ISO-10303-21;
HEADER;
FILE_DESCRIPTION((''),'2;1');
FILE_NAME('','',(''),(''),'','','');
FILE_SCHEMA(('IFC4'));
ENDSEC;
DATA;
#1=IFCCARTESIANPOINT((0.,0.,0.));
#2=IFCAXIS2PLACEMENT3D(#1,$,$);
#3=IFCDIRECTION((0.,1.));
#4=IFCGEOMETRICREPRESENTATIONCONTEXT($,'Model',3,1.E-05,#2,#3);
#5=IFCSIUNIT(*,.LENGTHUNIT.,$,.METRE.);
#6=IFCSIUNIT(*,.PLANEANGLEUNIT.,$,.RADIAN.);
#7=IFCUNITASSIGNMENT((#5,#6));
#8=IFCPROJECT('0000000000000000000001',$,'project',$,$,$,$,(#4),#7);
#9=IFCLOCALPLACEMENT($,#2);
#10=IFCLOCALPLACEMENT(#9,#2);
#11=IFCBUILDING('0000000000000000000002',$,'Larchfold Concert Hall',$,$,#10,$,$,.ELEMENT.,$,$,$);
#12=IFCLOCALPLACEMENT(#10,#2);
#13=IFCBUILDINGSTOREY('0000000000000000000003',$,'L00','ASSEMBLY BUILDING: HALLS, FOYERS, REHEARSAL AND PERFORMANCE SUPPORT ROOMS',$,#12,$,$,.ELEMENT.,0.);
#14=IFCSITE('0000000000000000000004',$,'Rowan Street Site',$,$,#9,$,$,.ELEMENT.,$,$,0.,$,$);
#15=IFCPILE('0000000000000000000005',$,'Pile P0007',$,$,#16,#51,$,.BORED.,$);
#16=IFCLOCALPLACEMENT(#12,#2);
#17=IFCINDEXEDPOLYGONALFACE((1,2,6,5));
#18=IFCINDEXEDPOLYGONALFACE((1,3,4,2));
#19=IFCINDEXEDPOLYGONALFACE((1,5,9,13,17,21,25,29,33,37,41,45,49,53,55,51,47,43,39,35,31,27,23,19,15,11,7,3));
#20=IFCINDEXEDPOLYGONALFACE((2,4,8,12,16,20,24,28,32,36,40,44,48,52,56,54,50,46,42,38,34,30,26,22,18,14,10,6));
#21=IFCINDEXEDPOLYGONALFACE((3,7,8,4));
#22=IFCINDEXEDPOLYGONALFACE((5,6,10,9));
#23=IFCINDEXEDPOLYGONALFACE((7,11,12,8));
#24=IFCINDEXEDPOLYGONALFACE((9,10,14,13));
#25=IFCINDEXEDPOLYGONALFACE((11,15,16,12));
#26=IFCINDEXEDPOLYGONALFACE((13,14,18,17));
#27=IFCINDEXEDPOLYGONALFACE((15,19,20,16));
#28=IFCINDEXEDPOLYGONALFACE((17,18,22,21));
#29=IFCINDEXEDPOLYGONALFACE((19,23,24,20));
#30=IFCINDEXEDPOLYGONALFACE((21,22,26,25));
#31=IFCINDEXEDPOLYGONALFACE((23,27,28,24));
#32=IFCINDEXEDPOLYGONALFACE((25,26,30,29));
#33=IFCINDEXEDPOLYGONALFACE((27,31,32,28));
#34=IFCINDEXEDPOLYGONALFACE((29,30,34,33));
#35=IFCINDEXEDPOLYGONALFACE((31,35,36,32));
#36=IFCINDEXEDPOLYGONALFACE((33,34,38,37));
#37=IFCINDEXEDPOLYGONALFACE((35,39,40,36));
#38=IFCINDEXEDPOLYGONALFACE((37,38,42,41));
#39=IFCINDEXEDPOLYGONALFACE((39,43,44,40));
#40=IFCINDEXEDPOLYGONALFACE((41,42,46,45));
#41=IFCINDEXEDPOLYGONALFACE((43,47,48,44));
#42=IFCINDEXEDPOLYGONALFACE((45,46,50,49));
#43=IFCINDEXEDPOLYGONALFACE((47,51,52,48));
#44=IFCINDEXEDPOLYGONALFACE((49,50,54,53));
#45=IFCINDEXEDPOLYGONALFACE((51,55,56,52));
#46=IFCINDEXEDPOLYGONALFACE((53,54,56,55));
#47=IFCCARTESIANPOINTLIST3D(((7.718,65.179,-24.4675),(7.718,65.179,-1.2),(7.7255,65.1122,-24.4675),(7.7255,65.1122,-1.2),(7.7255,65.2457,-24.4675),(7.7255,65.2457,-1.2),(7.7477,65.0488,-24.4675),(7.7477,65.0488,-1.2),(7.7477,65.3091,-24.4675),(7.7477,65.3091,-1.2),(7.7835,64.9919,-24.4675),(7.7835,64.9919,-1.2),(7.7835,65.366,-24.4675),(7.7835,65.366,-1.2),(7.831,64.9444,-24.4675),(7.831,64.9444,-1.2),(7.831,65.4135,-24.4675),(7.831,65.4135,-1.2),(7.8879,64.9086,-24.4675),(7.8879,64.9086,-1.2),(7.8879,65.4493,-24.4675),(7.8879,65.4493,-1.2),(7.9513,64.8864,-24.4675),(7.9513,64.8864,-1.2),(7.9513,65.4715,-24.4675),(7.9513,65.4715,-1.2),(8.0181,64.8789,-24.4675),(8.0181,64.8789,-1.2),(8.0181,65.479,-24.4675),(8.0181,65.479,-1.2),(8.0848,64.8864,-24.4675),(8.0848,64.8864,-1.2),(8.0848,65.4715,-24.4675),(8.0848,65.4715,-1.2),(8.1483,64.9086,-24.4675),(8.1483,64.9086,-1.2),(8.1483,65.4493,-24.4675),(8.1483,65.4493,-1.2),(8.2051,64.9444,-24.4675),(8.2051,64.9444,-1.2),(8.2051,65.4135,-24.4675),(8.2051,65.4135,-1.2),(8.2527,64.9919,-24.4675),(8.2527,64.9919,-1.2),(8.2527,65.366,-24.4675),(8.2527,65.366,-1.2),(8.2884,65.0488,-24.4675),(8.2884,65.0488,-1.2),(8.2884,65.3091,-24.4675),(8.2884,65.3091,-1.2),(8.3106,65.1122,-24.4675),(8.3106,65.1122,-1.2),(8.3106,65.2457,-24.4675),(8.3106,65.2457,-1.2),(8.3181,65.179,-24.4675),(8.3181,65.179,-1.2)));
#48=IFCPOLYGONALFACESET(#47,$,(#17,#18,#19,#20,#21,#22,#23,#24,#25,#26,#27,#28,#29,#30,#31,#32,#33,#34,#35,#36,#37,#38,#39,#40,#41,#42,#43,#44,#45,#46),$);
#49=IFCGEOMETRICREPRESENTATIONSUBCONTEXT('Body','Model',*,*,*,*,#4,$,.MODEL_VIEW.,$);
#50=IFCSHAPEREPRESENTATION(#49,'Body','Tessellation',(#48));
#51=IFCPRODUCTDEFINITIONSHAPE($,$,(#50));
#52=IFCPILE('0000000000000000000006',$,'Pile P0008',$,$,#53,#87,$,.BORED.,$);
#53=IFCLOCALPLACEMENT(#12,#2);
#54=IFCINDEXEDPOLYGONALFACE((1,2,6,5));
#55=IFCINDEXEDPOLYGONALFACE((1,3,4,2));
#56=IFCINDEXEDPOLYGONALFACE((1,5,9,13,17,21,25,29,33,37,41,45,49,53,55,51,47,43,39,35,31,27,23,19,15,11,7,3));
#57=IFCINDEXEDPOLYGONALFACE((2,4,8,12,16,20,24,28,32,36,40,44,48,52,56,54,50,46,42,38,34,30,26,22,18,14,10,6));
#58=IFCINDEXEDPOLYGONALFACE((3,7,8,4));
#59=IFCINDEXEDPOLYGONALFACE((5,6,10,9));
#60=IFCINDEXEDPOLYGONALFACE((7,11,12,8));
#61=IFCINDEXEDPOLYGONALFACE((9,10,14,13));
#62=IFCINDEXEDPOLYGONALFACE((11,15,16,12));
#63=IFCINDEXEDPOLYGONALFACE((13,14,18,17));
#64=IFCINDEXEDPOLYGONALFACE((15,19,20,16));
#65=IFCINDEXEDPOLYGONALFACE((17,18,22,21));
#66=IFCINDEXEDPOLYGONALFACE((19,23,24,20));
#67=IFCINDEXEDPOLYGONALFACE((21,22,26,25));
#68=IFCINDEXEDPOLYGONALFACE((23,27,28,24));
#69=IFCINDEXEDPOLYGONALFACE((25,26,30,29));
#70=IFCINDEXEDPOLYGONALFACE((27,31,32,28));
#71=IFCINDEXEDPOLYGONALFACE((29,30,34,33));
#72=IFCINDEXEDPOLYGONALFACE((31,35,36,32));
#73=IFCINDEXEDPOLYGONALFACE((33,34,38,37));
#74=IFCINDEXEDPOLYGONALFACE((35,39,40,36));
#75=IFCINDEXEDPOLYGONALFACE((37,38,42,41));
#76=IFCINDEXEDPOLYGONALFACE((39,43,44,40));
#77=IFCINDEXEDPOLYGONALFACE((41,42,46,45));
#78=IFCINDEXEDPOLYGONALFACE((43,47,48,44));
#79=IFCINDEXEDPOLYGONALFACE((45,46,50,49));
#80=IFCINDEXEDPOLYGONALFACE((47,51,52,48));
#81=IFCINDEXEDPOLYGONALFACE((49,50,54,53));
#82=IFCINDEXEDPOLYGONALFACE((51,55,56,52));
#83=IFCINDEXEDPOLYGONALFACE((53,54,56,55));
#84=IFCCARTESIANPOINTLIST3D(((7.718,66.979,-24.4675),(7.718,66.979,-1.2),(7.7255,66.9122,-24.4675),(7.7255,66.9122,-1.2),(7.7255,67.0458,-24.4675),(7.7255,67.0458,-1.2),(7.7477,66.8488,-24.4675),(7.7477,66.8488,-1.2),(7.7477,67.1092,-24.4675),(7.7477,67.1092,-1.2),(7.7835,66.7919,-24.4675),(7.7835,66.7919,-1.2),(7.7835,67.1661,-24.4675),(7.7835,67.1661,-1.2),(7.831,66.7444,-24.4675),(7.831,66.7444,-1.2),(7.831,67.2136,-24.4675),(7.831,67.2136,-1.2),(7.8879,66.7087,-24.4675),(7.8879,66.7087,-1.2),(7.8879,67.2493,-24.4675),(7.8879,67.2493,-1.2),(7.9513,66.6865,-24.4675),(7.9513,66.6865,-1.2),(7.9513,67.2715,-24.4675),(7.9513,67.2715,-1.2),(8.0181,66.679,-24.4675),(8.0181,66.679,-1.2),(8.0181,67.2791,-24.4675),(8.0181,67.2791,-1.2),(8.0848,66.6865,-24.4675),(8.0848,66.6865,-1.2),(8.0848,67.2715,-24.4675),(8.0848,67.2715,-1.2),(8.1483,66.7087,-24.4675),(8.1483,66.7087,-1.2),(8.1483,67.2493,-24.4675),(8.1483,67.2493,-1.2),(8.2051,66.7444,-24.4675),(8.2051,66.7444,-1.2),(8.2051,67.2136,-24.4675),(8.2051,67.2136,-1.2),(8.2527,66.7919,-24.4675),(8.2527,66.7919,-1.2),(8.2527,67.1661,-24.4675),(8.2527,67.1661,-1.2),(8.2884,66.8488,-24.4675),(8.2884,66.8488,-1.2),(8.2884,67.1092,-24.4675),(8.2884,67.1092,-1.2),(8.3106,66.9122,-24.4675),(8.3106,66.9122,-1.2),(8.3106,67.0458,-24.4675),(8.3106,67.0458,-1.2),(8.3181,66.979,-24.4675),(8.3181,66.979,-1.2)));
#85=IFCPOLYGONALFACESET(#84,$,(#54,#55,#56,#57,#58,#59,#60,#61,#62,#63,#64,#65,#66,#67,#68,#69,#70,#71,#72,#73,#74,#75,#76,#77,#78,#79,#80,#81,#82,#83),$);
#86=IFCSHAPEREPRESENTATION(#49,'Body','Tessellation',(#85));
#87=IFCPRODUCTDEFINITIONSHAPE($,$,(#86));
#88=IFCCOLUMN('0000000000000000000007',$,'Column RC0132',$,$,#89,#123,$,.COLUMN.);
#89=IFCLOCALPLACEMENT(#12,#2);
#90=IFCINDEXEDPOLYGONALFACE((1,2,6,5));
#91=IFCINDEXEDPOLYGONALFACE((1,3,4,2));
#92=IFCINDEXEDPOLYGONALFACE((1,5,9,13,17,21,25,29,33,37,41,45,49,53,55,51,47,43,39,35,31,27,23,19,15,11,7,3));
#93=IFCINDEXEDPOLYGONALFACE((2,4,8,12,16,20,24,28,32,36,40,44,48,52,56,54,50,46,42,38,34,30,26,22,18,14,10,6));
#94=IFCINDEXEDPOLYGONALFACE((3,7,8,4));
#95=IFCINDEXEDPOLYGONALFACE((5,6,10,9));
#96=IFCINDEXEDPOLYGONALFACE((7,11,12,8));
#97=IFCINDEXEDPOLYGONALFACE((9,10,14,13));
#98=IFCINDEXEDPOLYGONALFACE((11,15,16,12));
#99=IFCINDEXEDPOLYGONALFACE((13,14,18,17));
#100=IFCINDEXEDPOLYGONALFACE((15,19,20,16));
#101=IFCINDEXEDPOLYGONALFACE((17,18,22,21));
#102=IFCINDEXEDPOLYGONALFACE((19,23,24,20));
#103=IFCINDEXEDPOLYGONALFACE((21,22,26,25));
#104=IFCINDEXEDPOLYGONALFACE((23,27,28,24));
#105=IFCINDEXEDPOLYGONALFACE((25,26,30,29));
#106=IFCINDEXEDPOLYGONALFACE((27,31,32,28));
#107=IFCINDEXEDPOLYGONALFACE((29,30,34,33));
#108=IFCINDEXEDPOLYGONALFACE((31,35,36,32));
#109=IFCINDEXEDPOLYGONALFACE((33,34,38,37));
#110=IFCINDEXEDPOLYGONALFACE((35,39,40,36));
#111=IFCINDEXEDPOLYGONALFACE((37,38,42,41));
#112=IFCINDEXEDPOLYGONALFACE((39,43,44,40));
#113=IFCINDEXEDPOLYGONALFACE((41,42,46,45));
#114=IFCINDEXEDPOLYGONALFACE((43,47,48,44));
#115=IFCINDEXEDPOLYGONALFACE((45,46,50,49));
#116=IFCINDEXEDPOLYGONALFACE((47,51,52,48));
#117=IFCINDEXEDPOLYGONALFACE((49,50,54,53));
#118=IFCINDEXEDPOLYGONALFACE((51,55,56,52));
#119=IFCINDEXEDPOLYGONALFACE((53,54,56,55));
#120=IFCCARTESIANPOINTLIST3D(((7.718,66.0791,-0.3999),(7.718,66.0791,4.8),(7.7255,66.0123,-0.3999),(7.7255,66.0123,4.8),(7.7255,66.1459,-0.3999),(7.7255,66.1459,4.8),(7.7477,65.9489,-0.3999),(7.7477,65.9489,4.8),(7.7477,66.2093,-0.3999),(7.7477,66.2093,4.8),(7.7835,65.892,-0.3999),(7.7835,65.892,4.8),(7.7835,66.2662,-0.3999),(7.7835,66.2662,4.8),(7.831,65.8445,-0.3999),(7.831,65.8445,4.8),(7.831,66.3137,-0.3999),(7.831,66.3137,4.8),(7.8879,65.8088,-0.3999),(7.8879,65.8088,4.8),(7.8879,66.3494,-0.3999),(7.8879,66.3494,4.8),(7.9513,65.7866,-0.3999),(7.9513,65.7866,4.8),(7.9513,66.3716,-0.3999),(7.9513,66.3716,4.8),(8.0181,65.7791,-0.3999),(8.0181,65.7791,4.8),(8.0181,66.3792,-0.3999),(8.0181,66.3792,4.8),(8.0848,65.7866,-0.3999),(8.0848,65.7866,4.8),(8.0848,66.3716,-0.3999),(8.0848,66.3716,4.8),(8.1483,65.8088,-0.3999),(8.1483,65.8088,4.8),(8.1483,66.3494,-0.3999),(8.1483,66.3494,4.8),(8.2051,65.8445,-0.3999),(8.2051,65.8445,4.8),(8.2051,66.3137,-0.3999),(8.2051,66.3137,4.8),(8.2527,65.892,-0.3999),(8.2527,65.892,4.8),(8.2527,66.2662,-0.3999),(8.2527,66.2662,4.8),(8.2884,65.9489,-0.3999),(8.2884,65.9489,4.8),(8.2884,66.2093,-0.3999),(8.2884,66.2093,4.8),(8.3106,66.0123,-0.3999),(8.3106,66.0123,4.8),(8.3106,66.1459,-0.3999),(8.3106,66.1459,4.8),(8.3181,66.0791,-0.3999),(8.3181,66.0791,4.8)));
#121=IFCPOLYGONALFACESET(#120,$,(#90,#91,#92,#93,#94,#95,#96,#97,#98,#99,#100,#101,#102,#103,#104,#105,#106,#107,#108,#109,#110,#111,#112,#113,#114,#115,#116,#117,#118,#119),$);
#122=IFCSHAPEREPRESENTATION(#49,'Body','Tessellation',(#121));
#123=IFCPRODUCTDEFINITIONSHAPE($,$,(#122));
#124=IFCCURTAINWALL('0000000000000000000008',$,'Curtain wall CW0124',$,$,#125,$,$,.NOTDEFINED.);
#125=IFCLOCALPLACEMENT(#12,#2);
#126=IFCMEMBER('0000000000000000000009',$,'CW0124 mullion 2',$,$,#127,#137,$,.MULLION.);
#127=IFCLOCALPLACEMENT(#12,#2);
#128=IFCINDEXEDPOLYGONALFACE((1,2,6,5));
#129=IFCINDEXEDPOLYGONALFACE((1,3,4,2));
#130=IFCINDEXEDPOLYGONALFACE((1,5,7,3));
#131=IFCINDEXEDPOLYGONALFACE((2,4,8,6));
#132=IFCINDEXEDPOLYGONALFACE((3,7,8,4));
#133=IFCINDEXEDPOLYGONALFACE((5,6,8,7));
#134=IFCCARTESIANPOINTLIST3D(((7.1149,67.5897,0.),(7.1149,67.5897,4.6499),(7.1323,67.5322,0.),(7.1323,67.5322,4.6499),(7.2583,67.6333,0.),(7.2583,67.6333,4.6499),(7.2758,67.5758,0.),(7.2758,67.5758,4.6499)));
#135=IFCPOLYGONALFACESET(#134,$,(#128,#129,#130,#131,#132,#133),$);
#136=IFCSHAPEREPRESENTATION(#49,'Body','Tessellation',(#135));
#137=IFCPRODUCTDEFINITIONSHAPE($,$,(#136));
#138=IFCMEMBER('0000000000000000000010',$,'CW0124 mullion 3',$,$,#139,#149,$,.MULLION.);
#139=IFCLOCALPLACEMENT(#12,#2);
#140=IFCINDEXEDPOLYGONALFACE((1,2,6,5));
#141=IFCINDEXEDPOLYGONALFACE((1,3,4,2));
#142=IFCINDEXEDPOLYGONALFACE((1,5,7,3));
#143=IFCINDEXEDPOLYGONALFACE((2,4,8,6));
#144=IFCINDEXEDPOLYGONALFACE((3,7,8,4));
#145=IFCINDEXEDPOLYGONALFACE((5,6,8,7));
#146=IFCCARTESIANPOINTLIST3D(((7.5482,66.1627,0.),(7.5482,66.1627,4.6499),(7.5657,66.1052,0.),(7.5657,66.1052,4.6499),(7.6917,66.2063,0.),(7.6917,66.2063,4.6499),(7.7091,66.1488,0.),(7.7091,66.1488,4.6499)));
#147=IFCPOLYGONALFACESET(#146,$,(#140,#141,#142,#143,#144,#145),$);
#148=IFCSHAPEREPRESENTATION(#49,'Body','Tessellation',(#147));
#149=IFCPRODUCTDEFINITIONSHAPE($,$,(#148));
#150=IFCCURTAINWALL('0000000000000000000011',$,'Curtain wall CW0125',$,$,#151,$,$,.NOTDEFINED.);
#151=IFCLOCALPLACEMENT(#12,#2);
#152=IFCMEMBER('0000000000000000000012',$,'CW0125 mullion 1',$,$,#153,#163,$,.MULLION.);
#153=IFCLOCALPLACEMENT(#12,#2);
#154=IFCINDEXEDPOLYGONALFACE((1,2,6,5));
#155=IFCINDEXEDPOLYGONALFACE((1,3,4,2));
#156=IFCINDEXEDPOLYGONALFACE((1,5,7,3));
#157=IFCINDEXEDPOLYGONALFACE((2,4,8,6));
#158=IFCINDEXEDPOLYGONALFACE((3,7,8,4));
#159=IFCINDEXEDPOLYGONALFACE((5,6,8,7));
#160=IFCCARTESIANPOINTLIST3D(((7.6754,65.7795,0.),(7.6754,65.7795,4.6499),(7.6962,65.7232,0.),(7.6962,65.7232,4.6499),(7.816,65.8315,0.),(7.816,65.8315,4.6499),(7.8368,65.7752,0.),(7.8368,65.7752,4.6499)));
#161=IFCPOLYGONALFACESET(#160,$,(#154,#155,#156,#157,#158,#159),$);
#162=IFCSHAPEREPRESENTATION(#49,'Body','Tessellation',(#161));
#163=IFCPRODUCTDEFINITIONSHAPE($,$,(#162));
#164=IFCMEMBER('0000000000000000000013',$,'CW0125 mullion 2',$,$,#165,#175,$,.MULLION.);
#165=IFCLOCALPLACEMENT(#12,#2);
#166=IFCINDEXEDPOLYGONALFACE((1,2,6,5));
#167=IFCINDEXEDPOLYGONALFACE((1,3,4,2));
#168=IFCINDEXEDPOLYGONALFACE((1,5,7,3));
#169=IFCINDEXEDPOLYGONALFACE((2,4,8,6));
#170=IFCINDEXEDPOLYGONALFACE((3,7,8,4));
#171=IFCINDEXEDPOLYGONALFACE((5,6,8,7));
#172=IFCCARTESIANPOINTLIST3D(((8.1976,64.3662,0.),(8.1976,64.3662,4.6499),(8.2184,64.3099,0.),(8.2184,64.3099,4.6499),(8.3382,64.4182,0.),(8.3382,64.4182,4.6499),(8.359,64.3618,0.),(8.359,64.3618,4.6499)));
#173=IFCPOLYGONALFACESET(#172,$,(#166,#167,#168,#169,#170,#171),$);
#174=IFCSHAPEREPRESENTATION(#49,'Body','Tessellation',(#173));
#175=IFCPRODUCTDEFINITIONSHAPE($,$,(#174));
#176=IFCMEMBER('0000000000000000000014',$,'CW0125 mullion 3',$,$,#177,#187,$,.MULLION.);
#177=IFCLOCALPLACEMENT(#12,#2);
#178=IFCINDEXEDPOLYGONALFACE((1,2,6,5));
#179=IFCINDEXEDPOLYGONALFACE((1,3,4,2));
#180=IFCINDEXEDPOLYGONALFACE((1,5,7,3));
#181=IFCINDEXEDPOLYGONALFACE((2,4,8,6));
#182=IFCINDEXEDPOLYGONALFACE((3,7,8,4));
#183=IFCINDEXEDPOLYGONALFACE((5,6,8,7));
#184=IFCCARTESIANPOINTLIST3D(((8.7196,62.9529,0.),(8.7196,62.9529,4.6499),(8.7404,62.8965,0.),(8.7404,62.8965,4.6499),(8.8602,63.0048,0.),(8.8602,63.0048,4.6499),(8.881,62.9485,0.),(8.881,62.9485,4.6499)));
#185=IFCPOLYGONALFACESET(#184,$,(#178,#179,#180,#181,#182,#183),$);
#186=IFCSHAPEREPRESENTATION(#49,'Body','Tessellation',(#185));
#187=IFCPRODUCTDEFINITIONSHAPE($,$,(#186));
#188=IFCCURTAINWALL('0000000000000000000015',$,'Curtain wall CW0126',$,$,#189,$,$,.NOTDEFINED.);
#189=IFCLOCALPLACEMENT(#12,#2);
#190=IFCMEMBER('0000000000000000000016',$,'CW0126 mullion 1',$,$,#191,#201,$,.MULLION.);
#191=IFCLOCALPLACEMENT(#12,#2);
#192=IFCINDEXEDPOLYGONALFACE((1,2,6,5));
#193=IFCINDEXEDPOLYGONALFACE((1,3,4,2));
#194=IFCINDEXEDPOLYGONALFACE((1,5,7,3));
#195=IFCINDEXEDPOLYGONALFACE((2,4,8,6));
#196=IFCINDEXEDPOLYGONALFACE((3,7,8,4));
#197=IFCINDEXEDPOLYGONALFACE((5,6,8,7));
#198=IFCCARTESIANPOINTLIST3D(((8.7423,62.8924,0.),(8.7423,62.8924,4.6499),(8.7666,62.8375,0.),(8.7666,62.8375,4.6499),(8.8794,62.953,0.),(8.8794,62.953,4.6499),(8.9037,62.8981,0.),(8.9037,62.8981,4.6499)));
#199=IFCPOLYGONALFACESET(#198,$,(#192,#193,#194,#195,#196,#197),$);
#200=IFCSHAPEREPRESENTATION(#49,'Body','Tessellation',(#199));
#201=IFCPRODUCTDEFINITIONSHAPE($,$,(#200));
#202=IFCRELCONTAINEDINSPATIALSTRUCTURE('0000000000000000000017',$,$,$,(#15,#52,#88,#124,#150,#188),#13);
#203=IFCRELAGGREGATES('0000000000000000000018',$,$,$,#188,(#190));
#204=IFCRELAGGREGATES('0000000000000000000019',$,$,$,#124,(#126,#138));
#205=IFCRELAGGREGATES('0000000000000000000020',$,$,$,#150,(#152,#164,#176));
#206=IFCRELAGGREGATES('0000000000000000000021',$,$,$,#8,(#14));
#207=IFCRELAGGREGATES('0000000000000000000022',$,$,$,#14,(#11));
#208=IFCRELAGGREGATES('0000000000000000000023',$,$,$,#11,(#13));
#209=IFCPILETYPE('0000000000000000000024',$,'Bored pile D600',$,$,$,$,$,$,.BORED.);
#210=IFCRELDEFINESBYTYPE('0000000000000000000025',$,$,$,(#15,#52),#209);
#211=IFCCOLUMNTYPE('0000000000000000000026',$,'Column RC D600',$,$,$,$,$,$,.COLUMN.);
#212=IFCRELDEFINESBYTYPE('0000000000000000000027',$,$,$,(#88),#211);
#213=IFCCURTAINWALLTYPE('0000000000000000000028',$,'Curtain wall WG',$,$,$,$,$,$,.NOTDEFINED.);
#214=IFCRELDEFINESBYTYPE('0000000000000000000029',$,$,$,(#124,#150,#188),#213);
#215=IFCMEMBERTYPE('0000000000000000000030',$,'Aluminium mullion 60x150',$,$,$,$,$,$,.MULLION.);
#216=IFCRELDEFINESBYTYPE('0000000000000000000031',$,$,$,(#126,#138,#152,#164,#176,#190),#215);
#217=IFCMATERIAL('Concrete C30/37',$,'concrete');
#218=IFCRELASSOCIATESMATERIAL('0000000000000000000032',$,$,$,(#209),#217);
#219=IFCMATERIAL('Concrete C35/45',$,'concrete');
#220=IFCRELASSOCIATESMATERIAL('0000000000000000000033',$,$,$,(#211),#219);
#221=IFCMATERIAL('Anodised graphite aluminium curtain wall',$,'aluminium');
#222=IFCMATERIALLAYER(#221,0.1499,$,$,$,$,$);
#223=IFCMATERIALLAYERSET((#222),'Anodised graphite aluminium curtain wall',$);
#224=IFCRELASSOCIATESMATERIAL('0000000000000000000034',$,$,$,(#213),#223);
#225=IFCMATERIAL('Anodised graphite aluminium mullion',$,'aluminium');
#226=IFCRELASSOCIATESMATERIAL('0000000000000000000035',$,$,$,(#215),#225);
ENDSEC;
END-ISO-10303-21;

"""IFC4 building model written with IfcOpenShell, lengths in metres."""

from ifc_helpers import new_model, si_unit, direction, frame, origin, origin_2d, place, context, subcontext, project, spatial, rectangle, circle, extrude, material, layer, layer_set, material_profile, profile_set, type_object, element, aggregate, save


model = new_model("IFC4")

# Units and contexts
model_context = context("Model", 3, precision=1e-05, world=origin(), true_north=direction((0.0, 1.0)))
body_context = subcontext(model_context, "Body", "Model", "MODEL_VIEW")
ifc_project = project(units=[si_unit("LENGTHUNIT", "METRE"), si_unit("PLANEANGLEUNIT", "RADIAN")], contexts=[model_context])

# Site, building, storey
site_placement = place(None, origin())
site = spatial("IfcSite", under=ifc_project, at=site_placement, Name="Rowan Street Site", CompositionType="ELEMENT", RefElevation=0.0)
building_placement = place(site_placement, origin())
building = spatial("IfcBuilding", under=site, at=building_placement, Name="Larchfold Concert Hall", CompositionType="ELEMENT")
storey_placement = place(building_placement, origin())
storey = spatial("IfcBuildingStorey", under=building, at=storey_placement, Name="L00", Description="ASSEMBLY BUILDING: HALLS, FOYERS, REHEARSAL AND PERFORMANCE SUPPORT ROOMS", CompositionType="ELEMENT", Elevation=0.0)

# Piles
ifc_material_1 = material(Name="Concrete C30/37", Category="concrete")
ifc_material_profile_1 = material_profile(ifc_material_1, circle(Radius=0.3, at=origin_2d()))
ifc_profile_set_1 = profile_set([ifc_material_profile_1], Name="Concrete C30/37")
pile_type = type_object("IfcPileType", Name="Bored pile D600", PredefinedType="BORED", material=ifc_profile_set_1)
for number, where, z_axis, x_axis, name in (
    (1, (8.0181, 65.179, -1.2), (0.0, 0.0, -1.0), (1.0, 0.0, 0.0), "Pile P0007"),
    (2, (8.0181, 66.979, -1.2), (0.0, 0.0, -1.0), (1.0, 0.0, 0.0), "Pile P0008"),
):
    element("IfcPile", number, at=place(storey_placement, frame(where, z_axis=z_axis, x_axis=x_axis)), inside=storey, type_object=pile_type, Name=name, PredefinedType="BORED", context=body_context, shape_type="SweptSolid", body=[
        extrude(circle(Radius=0.3, at=origin_2d()), origin(), (0.0, 0.0, 1.0), 23.2676),
    ])

# Column
ifc_material_2 = material(Name="Concrete C35/45", Category="concrete")
ifc_material_profile_2 = material_profile(ifc_material_2, circle(Radius=0.3, at=origin_2d()))
ifc_profile_set_2 = profile_set([ifc_material_profile_2], Name="Concrete C35/45")
column_type = type_object("IfcColumnType", Name="Column RC D600", PredefinedType="COLUMN", material=ifc_profile_set_2)
column_placement = place(storey_placement, frame((8.0181, 66.0791, -0.3999), z_axis=(0.0, 0.0, 1.0), x_axis=(1.0, 0.0, 0.0)))
element("IfcColumn", 3, at=column_placement, inside=storey, type_object=column_type, Name="Column RC0132", PredefinedType="COLUMN", context=body_context, shape_type="SweptSolid", body=[
    extrude(circle(Radius=0.3, at=origin_2d()), origin(), (0.0, 0.0, 1.0), 5.2),
])

# Curtain walls, members
ifc_material_3 = material(Name="Anodised graphite aluminium curtain wall", Category="aluminium")
ifc_layer_1 = layer(ifc_material_3, 0.1499)
ifc_layer_set_1 = layer_set([ifc_layer_1], Name="Anodised graphite aluminium curtain wall")
curtain_wall_type = type_object("IfcCurtainWallType", Name="Curtain wall WG", PredefinedType="NOTDEFINED", material=ifc_layer_set_1)
curtain_wall_1_placement = place(storey_placement, origin())
curtain_wall_1 = element("IfcCurtainWall", 4, at=curtain_wall_1_placement, inside=storey, type_object=curtain_wall_type, Name="Curtain wall CW0124", PredefinedType="NOTDEFINED")
ifc_material_4 = material(Name="Anodised graphite aluminium mullion", Category="aluminium")
ifc_material_profile_3 = material_profile(ifc_material_4, rectangle(XDim=0.1499, YDim=0.0601, at=origin_2d()))
ifc_profile_set_3 = profile_set([ifc_material_profile_3], Name="Anodised graphite aluminium mullion")
member_type_1 = type_object("IfcMemberType", Name="Aluminium mullion 60x150", PredefinedType="MULLION", material=ifc_profile_set_3)
member_1_placement = place(storey_placement, frame((7.1953, 67.5828, 0.0), z_axis=(0.0, 0.0, 1.0), x_axis=(0.956838, 0.290622, 0.0)))
member_1 = element("IfcMember", 5, at=member_1_placement, type_object=member_type_1, Name="CW0124 mullion 2", PredefinedType="MULLION", context=body_context, shape_type="SweptSolid", body=[
    extrude(rectangle(XDim=0.1499, YDim=0.0601, at=origin_2d()), origin(), (0.0, 0.0, 1.0), 4.6499),
])
member_2_placement = place(storey_placement, frame((7.6287, 66.1558, 0.0), z_axis=(0.0, 0.0, 1.0), x_axis=(0.956838, 0.290622, 0.0)))
member_2 = element("IfcMember", 6, at=member_2_placement, type_object=member_type_1, Name="CW0124 mullion 3", PredefinedType="MULLION", context=body_context, shape_type="SweptSolid", body=[
    extrude(rectangle(XDim=0.1499, YDim=0.0601, at=origin_2d()), origin(), (0.0, 0.0, 1.0), 4.6499),
])
curtain_wall_2_placement = place(storey_placement, origin())
curtain_wall_2 = element("IfcCurtainWall", 7, at=curtain_wall_2_placement, inside=storey, type_object=curtain_wall_type, Name="Curtain wall CW0125", PredefinedType="NOTDEFINED")
member_3_placement = place(storey_placement, frame((7.7561, 65.7773, 0.0), z_axis=(0.0, 0.0, 1.0), x_axis=(0.938016, 0.346592, 0.0)))
member_3 = element("IfcMember", 8, at=member_3_placement, type_object=member_type_1, Name="CW0125 mullion 1", PredefinedType="MULLION", context=body_context, shape_type="SweptSolid", body=[
    extrude(rectangle(XDim=0.1499, YDim=0.0601, at=origin_2d()), origin(), (0.0, 0.0, 1.0), 4.6499),
])
member_4_placement = place(storey_placement, frame((8.2783, 64.364, 0.0), z_axis=(0.0, 0.0, 1.0), x_axis=(0.938016, 0.346592, 0.0)))
member_4 = element("IfcMember", 9, at=member_4_placement, type_object=member_type_1, Name="CW0125 mullion 2", PredefinedType="MULLION", context=body_context, shape_type="SweptSolid", body=[
    extrude(rectangle(XDim=0.1499, YDim=0.0601, at=origin_2d()), origin(), (0.0, 0.0, 1.0), 4.6499),
])
member_5_placement = place(storey_placement, frame((8.8003, 62.9507, 0.0), z_axis=(0.0, 0.0, 1.0), x_axis=(0.938016, 0.346592, 0.0)))
member_5 = element("IfcMember", 10, at=member_5_placement, type_object=member_type_1, Name="CW0125 mullion 3", PredefinedType="MULLION", context=body_context, shape_type="SweptSolid", body=[
    extrude(rectangle(XDim=0.1499, YDim=0.0601, at=origin_2d()), origin(), (0.0, 0.0, 1.0), 4.6499),
])

# Curtain wall, member
curtain_wall_3_placement = place(storey_placement, origin())
curtain_wall_3 = element("IfcCurtainWall", 11, at=curtain_wall_3_placement, inside=storey, type_object=curtain_wall_type, Name="Curtain wall CW0126", PredefinedType="NOTDEFINED")
member_6_placement = place(storey_placement, frame((8.823, 62.8953, 0.0), z_axis=(0.0, 0.0, 1.0), x_axis=(0.914703, 0.404126, 0.0)))
member_6 = element("IfcMember", 12, at=member_6_placement, type_object=member_type_1, Name="CW0126 mullion 1", PredefinedType="MULLION", context=body_context, shape_type="SweptSolid", body=[
    extrude(rectangle(XDim=0.1499, YDim=0.0601, at=origin_2d()), origin(), (0.0, 0.0, 1.0), 4.6499),
])

aggregate(curtain_wall_3, [member_6])

aggregate(curtain_wall_1, [member_1, member_2])
aggregate(curtain_wall_2, [member_3, member_4, member_5])

save(model, "model.ifc")
